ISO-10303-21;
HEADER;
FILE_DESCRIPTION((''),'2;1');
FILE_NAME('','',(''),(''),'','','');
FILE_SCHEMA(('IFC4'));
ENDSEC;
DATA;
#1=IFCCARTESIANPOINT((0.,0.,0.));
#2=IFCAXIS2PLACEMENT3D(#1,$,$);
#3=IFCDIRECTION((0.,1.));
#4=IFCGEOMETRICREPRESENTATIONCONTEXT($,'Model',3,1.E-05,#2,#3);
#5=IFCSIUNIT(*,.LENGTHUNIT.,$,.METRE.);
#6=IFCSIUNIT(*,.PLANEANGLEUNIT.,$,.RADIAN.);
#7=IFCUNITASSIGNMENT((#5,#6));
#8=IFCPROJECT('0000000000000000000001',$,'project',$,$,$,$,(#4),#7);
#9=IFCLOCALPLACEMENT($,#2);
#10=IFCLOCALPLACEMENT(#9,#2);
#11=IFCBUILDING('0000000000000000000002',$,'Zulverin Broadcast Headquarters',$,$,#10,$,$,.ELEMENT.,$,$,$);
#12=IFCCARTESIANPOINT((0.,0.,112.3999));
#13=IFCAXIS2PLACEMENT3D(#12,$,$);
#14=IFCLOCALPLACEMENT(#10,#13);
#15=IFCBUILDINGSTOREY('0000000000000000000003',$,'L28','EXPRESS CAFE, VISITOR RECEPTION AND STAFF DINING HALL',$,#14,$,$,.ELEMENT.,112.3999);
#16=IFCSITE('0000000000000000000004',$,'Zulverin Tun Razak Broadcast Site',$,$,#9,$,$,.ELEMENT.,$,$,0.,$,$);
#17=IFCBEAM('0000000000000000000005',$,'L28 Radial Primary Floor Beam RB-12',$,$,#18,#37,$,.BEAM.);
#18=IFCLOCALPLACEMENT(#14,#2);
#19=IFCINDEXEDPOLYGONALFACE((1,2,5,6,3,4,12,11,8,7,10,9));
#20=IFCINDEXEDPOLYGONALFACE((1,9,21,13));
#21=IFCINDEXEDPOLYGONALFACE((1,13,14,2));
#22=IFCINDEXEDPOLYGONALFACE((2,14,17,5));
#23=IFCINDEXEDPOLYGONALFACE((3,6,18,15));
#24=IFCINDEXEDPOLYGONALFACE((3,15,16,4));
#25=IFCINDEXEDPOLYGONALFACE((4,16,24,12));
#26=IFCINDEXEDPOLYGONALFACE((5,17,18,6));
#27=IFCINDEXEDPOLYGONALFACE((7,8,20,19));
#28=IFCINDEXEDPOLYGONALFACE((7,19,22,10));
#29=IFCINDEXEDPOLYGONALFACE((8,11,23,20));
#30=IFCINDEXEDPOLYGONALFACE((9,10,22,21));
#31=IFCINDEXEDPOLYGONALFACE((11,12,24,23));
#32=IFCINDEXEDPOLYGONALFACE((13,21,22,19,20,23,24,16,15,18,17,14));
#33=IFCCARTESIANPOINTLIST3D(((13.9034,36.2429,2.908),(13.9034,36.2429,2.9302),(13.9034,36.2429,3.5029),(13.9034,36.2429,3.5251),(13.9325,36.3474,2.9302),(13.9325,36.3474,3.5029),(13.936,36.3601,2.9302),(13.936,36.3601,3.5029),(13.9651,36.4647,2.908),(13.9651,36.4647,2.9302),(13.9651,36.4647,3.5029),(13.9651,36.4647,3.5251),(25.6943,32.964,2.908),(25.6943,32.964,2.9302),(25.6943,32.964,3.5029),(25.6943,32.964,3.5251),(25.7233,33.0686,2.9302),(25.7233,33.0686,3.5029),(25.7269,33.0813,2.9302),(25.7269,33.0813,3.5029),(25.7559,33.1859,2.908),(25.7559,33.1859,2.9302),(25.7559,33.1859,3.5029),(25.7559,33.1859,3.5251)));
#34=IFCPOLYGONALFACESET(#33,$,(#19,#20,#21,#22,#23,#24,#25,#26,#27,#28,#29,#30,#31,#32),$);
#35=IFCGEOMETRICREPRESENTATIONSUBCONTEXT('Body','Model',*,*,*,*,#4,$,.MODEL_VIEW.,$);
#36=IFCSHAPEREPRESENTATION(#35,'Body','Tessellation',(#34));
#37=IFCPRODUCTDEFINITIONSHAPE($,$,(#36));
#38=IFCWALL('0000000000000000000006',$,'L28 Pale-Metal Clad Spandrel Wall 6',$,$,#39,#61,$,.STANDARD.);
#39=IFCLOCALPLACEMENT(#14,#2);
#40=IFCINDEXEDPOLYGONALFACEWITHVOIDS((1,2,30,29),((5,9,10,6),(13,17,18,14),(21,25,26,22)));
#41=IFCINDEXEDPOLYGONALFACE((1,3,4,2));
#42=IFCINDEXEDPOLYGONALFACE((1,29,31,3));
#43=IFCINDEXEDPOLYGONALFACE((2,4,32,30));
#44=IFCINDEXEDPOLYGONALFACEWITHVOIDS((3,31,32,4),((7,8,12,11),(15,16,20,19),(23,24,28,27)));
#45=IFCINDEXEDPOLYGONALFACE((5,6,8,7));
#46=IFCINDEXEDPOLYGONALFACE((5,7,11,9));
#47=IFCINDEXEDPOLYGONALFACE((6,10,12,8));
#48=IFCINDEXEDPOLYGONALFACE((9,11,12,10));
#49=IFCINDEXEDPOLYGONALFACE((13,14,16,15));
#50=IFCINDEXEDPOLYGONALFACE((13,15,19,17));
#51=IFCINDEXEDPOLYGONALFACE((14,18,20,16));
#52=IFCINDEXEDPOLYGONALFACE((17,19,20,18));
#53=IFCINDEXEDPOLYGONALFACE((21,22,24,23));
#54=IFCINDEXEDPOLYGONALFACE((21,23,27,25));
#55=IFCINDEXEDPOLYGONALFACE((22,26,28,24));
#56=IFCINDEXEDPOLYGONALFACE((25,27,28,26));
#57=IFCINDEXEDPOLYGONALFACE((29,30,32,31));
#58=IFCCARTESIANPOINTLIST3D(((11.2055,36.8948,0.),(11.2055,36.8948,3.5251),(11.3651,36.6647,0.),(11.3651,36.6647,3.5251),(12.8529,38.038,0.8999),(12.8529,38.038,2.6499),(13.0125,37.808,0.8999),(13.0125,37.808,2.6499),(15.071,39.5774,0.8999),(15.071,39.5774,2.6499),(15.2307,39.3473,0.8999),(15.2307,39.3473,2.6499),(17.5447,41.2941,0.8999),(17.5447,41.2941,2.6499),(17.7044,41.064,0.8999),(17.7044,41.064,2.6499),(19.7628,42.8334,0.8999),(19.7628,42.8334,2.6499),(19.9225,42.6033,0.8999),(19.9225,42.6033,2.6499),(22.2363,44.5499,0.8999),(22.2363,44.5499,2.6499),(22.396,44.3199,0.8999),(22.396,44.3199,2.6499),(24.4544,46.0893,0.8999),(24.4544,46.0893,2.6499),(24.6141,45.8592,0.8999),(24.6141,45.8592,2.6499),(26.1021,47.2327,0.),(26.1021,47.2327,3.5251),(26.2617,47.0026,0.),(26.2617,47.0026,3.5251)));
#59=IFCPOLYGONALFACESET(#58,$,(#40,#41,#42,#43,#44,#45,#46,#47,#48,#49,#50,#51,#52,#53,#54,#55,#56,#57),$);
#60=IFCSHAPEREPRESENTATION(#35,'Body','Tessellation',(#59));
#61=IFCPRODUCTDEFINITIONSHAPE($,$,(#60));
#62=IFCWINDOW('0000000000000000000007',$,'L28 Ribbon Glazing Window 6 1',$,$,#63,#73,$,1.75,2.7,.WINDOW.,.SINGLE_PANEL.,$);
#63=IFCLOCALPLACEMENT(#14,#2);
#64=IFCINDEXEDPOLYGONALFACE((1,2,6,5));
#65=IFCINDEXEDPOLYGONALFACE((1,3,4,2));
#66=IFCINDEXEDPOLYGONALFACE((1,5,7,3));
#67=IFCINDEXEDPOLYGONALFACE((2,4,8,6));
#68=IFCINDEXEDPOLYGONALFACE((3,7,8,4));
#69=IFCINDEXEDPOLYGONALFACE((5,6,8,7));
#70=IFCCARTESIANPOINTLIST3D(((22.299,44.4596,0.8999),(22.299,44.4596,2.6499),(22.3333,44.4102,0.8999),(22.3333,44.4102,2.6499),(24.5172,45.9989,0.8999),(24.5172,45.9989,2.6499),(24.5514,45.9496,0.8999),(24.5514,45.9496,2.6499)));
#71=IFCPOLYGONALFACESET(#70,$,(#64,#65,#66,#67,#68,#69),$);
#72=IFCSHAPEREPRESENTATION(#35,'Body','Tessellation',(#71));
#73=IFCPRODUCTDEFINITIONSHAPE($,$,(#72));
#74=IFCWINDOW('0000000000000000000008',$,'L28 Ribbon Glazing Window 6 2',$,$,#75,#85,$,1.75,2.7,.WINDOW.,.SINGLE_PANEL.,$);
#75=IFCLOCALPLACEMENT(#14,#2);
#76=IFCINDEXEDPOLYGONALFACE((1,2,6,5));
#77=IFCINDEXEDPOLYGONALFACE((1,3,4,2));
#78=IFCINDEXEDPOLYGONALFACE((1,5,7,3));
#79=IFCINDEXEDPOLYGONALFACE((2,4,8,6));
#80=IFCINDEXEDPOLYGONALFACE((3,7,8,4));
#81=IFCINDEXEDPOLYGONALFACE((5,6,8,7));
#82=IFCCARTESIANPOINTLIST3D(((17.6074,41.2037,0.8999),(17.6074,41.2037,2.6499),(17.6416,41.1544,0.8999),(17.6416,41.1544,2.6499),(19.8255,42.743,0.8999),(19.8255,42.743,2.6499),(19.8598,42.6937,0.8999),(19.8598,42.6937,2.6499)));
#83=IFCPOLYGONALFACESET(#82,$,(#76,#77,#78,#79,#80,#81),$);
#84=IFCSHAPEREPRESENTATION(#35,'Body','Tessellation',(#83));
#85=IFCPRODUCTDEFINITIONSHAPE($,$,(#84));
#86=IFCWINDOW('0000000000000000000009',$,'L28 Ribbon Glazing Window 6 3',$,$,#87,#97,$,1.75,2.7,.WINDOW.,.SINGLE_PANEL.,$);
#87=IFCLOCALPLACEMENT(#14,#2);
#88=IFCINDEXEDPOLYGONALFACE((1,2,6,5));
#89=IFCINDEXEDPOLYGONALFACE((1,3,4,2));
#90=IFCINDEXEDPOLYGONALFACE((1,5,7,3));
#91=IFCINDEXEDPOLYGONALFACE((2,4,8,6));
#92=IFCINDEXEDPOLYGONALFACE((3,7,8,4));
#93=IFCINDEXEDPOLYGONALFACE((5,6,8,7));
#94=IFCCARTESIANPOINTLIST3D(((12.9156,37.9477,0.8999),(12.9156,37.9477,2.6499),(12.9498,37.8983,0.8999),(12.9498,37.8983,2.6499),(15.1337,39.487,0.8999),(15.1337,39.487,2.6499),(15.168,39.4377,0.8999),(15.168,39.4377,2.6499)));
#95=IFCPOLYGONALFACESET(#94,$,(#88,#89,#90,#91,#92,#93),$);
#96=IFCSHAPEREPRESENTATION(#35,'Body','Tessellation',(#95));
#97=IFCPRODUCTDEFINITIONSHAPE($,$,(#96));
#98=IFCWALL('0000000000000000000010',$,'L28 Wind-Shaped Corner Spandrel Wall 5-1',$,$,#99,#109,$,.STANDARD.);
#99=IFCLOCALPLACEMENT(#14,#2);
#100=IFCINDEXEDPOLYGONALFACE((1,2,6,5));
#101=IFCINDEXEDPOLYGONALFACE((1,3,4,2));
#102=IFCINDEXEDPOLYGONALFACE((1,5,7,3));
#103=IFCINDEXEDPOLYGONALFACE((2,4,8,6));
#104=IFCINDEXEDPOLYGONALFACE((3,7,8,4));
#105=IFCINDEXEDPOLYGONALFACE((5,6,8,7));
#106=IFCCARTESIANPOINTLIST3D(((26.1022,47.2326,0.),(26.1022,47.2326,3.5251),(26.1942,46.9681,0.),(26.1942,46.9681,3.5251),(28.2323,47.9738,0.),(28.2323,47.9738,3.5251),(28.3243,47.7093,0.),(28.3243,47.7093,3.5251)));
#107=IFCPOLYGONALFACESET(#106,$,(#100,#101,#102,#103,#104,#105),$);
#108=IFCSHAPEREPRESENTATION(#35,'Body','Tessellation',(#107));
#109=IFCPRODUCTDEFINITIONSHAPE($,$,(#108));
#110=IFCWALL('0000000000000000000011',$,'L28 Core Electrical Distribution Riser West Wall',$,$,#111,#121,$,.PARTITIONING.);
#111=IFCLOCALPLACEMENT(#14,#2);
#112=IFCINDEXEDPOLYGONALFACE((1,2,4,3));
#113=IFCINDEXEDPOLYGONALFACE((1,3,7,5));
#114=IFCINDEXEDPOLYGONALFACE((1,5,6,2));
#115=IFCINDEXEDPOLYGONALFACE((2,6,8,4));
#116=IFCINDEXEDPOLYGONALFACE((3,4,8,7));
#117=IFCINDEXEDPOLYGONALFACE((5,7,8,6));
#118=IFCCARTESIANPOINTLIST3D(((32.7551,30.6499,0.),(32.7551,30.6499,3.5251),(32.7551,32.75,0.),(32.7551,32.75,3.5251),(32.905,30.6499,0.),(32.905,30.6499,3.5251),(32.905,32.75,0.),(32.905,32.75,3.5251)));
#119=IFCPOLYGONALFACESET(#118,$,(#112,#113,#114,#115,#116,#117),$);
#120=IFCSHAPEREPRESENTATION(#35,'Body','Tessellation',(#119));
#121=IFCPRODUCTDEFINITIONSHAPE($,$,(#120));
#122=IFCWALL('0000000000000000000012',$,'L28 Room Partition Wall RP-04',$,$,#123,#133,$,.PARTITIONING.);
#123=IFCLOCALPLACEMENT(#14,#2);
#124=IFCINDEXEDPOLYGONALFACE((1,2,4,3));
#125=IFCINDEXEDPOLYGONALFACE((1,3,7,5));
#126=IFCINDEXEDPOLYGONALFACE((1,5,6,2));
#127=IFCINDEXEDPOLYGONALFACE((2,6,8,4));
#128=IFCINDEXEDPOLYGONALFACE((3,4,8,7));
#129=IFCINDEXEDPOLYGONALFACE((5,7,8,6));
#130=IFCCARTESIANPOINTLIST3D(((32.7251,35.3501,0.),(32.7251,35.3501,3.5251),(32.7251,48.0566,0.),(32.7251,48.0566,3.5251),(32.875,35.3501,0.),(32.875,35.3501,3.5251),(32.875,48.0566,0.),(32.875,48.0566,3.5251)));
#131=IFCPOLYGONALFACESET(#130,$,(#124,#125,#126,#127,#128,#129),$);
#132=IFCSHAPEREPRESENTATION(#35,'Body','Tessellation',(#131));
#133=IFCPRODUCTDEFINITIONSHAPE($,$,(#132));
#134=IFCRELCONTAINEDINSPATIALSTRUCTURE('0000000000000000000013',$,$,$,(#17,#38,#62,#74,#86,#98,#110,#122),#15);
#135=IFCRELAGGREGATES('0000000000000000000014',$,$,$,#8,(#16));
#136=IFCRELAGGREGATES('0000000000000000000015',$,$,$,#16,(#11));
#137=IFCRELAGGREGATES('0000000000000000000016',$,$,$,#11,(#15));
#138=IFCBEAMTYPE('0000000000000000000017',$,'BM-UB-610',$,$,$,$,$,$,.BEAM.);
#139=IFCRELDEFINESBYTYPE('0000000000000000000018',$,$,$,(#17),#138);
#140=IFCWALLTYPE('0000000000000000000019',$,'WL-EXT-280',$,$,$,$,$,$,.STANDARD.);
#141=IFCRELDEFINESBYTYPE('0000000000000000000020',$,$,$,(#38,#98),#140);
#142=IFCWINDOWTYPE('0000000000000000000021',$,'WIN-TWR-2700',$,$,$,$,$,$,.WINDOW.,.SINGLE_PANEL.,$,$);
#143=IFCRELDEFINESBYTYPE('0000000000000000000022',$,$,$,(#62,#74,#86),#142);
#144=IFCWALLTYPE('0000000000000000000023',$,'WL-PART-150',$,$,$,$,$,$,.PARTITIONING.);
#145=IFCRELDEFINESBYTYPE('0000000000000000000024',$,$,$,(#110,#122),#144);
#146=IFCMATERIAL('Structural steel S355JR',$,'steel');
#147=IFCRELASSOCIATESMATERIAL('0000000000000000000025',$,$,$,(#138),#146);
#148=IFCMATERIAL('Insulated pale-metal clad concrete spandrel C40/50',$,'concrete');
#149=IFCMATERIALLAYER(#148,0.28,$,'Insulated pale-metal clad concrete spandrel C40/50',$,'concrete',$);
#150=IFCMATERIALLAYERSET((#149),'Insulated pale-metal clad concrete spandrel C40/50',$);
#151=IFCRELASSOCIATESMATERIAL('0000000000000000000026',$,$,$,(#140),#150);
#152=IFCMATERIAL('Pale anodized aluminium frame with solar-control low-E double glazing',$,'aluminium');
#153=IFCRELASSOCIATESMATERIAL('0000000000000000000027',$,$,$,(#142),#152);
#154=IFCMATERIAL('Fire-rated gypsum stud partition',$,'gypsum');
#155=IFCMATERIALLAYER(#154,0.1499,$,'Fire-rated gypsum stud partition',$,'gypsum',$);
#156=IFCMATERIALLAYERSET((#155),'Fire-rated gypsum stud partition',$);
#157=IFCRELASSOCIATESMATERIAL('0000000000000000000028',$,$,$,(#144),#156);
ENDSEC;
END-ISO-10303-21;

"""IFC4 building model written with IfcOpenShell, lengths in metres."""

from ifc_helpers import new_model, si_unit, direction, frame, frame_2d, origin, origin_2d, place, context, subcontext, project, spatial, rectangle, i_section, extrude, material, layer, layer_set, material_profile, profile_set, type_object, element, fill, save


model = new_model("IFC4")

# Units and contexts
model_context = context("Model", 3, precision=1e-05, world=origin(), true_north=direction((0.0, 1.0)))
body_context = subcontext(model_context, "Body", "Model", "MODEL_VIEW")
ifc_project = project(units=[si_unit("LENGTHUNIT", "METRE"), si_unit("PLANEANGLEUNIT", "RADIAN")], contexts=[model_context])

# Site, building, storey
site_placement = place(None, origin())
site = spatial("IfcSite", under=ifc_project, at=site_placement, Name="Zulverin Tun Razak Broadcast Site", CompositionType="ELEMENT", RefElevation=0.0)
building_placement = place(site_placement, origin())
building = spatial("IfcBuilding", under=site, at=building_placement, Name="Zulverin Broadcast Headquarters", CompositionType="ELEMENT")
storey_placement = place(building_placement, frame((0.0, 0.0, 112.3999)))
storey = spatial("IfcBuildingStorey", under=building, at=storey_placement, Name="L28", Description="EXPRESS CAFE, VISITOR RECEPTION AND STAFF DINING HALL", CompositionType="ELEMENT", Elevation=112.3999)

# Beam
ifc_material_1 = material(Name="Structural steel S355JR", Category="steel")
ifc_material_profile_1 = material_profile(ifc_material_1, i_section(OverallWidth=0.2302, OverallDepth=0.6172, WebThickness=0.0132, FlangeThickness=0.0222, at=origin_2d()), Name="Structural steel S355JR", Category="steel")
ifc_profile_set_1 = profile_set([ifc_material_profile_1], Name="Structural steel S355JR")
beam_type_1 = type_object("IfcBeamType", Name="BM-UB-610", PredefinedType="BEAM", material=ifc_profile_set_1)
beam_1_placement = place(storey_placement, frame((25.7251, 33.075, 3.2166), z_axis=(-0.963442, 0.267917, 0.0), x_axis=(-0.267917, -0.963442, 0.0)))
element("IfcBeam", 1, at=beam_1_placement, inside=storey, type_object=beam_type_1, Name="L28 Radial Primary Floor Beam RB-12", PredefinedType="BEAM", context=body_context, shape_type="SweptSolid", body=[
    extrude(i_section(OverallWidth=0.2302, OverallDepth=0.6172, WebThickness=0.0132, FlangeThickness=0.0222, at=origin_2d()), origin(), (0.0, 0.0, 1.0), 12.2383),
])

# Wall, openings, windows
ifc_material_2 = material(Name="Insulated pale-metal clad concrete spandrel C40/50", Category="concrete")
ifc_layer_1 = layer(ifc_material_2, 0.28, Name="Insulated pale-metal clad concrete spandrel C40/50", Category="concrete")
ifc_layer_set_1 = layer_set([ifc_layer_1], Name="Insulated pale-metal clad concrete spandrel C40/50")
wall_type_1 = type_object("IfcWallType", Name="WL-EXT-280", PredefinedType="STANDARD", material=ifc_layer_set_1)
wall_1_placement = place(storey_placement, frame((26.1819, 47.1177, 0.0), z_axis=(0.0, 0.0, 1.0), x_axis=(-0.821548, -0.570139, 0.0)))
wall_1 = element("IfcWall", 2, at=wall_1_placement, inside=storey, type_object=wall_type_1, Name="L28 Pale-Metal Clad Spandrel Wall 6", PredefinedType="STANDARD", context=body_context, shape_type="SweptSolid", body=[
    extrude(rectangle(XDim=18.1323, YDim=0.28, at=frame_2d((9.0662, 0.0))), origin(), (0.0, 0.0, 1.0), 3.5251),
])
opening_1_placement = place(wall_1_placement, frame((2.0054, 0.0, 0.8999)))
opening_1 = element("IfcOpeningElement", 3, at=opening_1_placement, cuts=wall_1, PredefinedType="OPENING", context=body_context, shape_type="SweptSolid", body=[
    extrude(rectangle(XDim=2.7, YDim=1.75, at=frame_2d((1.3501, 0.875))), frame((0.0, 0.1499, 0.0), z_axis=(0.0, -1.0, 0.0), x_axis=(1.0, 0.0, 0.0)), (0.0, 0.0, 1.0), 0.3),
])
opening_2_placement = place(wall_1_placement, frame((7.7161, 0.0, 0.8999)))
opening_2 = element("IfcOpeningElement", 4, at=opening_2_placement, cuts=wall_1, PredefinedType="OPENING", context=body_context, shape_type="SweptSolid", body=[
    extrude(rectangle(XDim=2.7, YDim=1.75, at=frame_2d((1.3501, 0.875))), frame((0.0, 0.1499, 0.0), z_axis=(0.0, -1.0, 0.0), x_axis=(1.0, 0.0, 0.0)), (0.0, 0.0, 1.0), 0.3),
])
opening_3_placement = place(wall_1_placement, frame((13.427, 0.0, 0.8999)))
opening_3 = element("IfcOpeningElement", 5, at=opening_3_placement, cuts=wall_1, PredefinedType="OPENING", context=body_context, shape_type="SweptSolid", body=[
    extrude(rectangle(XDim=2.7, YDim=1.75, at=frame_2d((1.3501, 0.875))), frame((0.0, 0.1499, 0.0), z_axis=(0.0, -1.0, 0.0), x_axis=(1.0, 0.0, 0.0)), (0.0, 0.0, 1.0), 0.3),
])
ifc_material_3 = material(Name="Pale anodized aluminium frame with solar-control low-E double glazing", Category="aluminium")
window_type = type_object("IfcWindowType", Name="WIN-TWR-2700", PartitioningType="SINGLE_PANEL", PredefinedType="WINDOW", material=ifc_material_3)
window_1_placement = place(opening_1_placement, origin())
window_1 = element("IfcWindow", 6, at=window_1_placement, inside=storey, type_object=window_type, Name="L28 Ribbon Glazing Window 6 1", OverallHeight=1.75, OverallWidth=2.7, PartitioningType="SINGLE_PANEL", PredefinedType="WINDOW", context=body_context, shape_type="SweptSolid", body=[
    extrude(rectangle(XDim=2.7, YDim=1.75, at=frame_2d((1.3501, 0.875))), frame((0.0, 0.03, 0.0), z_axis=(0.0, -1.0, 0.0), x_axis=(1.0, 0.0, 0.0)), (0.0, 0.0, 1.0), 0.0601),
])
fill(opening_1, window_1)
window_2_placement = place(opening_2_placement, origin())
window_2 = element("IfcWindow", 7, at=window_2_placement, inside=storey, type_object=window_type, Name="L28 Ribbon Glazing Window 6 2", OverallHeight=1.75, OverallWidth=2.7, PartitioningType="SINGLE_PANEL", PredefinedType="WINDOW", context=body_context, shape_type="SweptSolid", body=[
    extrude(rectangle(XDim=2.7, YDim=1.75, at=frame_2d((1.3501, 0.875))), frame((0.0, 0.03, 0.0), z_axis=(0.0, -1.0, 0.0), x_axis=(1.0, 0.0, 0.0)), (0.0, 0.0, 1.0), 0.0601),
])
fill(opening_2, window_2)
window_3_placement = place(opening_3_placement, origin())
window_3 = element("IfcWindow", 8, at=window_3_placement, inside=storey, type_object=window_type, Name="L28 Ribbon Glazing Window 6 3", OverallHeight=1.75, OverallWidth=2.7, PartitioningType="SINGLE_PANEL", PredefinedType="WINDOW", context=body_context, shape_type="SweptSolid", body=[
    extrude(rectangle(XDim=2.7, YDim=1.75, at=frame_2d((1.3501, 0.875))), frame((0.0, 0.03, 0.0), z_axis=(0.0, -1.0, 0.0), x_axis=(1.0, 0.0, 0.0)), (0.0, 0.0, 1.0), 0.0601),
])
fill(opening_3, window_3)

# Walls
wall_2_placement = place(storey_placement, frame((28.2783, 47.8416, 0.0), z_axis=(0.0, 0.0, 1.0), x_axis=(-0.944456, -0.328638, 0.0)))
element("IfcWall", 9, at=wall_2_placement, inside=storey, type_object=wall_type_1, Name="L28 Wind-Shaped Corner Spandrel Wall 5-1", PredefinedType="STANDARD", context=body_context, shape_type="SweptSolid", body=[
    extrude(rectangle(XDim=2.2554, YDim=0.28, at=frame_2d((1.1277, 0.0))), origin(), (0.0, 0.0, 1.0), 3.5251),
])
ifc_material_4 = material(Name="Fire-rated gypsum stud partition", Category="gypsum")
ifc_layer_2 = layer(ifc_material_4, 0.1499, Name="Fire-rated gypsum stud partition", Category="gypsum")
ifc_layer_set_2 = layer_set([ifc_layer_2], Name="Fire-rated gypsum stud partition")
wall_type_2 = type_object("IfcWallType", Name="WL-PART-150", PredefinedType="PARTITIONING", material=ifc_layer_set_2)
wall_3_placement = place(storey_placement, frame((32.8301, 30.6499, 0.0), z_axis=(0.0, 0.0, 1.0), x_axis=(0.0, 1.0, 0.0)))
element("IfcWall", 10, at=wall_3_placement, inside=storey, type_object=wall_type_2, Name="L28 Core Electrical Distribution Riser West Wall", PredefinedType="PARTITIONING", context=body_context, shape_type="SweptSolid", body=[
    extrude(rectangle(XDim=2.1001, YDim=0.1499, at=frame_2d((1.05, 0.0))), origin(), (0.0, 0.0, 1.0), 3.5251),
])
wall_4_placement = place(storey_placement, frame((32.8, 35.3501, 0.0), z_axis=(0.0, 0.0, 1.0), x_axis=(0.0, 1.0, 0.0)))
element("IfcWall", 11, at=wall_4_placement, inside=storey, type_object=wall_type_2, Name="L28 Room Partition Wall RP-04", PredefinedType="PARTITIONING", context=body_context, shape_type="SweptSolid", body=[
    extrude(rectangle(XDim=12.7065, YDim=0.1499, at=frame_2d((6.3533, 0.0))), origin(), (0.0, 0.0, 1.0), 3.5251),
])

save(model, "model.ifc")
